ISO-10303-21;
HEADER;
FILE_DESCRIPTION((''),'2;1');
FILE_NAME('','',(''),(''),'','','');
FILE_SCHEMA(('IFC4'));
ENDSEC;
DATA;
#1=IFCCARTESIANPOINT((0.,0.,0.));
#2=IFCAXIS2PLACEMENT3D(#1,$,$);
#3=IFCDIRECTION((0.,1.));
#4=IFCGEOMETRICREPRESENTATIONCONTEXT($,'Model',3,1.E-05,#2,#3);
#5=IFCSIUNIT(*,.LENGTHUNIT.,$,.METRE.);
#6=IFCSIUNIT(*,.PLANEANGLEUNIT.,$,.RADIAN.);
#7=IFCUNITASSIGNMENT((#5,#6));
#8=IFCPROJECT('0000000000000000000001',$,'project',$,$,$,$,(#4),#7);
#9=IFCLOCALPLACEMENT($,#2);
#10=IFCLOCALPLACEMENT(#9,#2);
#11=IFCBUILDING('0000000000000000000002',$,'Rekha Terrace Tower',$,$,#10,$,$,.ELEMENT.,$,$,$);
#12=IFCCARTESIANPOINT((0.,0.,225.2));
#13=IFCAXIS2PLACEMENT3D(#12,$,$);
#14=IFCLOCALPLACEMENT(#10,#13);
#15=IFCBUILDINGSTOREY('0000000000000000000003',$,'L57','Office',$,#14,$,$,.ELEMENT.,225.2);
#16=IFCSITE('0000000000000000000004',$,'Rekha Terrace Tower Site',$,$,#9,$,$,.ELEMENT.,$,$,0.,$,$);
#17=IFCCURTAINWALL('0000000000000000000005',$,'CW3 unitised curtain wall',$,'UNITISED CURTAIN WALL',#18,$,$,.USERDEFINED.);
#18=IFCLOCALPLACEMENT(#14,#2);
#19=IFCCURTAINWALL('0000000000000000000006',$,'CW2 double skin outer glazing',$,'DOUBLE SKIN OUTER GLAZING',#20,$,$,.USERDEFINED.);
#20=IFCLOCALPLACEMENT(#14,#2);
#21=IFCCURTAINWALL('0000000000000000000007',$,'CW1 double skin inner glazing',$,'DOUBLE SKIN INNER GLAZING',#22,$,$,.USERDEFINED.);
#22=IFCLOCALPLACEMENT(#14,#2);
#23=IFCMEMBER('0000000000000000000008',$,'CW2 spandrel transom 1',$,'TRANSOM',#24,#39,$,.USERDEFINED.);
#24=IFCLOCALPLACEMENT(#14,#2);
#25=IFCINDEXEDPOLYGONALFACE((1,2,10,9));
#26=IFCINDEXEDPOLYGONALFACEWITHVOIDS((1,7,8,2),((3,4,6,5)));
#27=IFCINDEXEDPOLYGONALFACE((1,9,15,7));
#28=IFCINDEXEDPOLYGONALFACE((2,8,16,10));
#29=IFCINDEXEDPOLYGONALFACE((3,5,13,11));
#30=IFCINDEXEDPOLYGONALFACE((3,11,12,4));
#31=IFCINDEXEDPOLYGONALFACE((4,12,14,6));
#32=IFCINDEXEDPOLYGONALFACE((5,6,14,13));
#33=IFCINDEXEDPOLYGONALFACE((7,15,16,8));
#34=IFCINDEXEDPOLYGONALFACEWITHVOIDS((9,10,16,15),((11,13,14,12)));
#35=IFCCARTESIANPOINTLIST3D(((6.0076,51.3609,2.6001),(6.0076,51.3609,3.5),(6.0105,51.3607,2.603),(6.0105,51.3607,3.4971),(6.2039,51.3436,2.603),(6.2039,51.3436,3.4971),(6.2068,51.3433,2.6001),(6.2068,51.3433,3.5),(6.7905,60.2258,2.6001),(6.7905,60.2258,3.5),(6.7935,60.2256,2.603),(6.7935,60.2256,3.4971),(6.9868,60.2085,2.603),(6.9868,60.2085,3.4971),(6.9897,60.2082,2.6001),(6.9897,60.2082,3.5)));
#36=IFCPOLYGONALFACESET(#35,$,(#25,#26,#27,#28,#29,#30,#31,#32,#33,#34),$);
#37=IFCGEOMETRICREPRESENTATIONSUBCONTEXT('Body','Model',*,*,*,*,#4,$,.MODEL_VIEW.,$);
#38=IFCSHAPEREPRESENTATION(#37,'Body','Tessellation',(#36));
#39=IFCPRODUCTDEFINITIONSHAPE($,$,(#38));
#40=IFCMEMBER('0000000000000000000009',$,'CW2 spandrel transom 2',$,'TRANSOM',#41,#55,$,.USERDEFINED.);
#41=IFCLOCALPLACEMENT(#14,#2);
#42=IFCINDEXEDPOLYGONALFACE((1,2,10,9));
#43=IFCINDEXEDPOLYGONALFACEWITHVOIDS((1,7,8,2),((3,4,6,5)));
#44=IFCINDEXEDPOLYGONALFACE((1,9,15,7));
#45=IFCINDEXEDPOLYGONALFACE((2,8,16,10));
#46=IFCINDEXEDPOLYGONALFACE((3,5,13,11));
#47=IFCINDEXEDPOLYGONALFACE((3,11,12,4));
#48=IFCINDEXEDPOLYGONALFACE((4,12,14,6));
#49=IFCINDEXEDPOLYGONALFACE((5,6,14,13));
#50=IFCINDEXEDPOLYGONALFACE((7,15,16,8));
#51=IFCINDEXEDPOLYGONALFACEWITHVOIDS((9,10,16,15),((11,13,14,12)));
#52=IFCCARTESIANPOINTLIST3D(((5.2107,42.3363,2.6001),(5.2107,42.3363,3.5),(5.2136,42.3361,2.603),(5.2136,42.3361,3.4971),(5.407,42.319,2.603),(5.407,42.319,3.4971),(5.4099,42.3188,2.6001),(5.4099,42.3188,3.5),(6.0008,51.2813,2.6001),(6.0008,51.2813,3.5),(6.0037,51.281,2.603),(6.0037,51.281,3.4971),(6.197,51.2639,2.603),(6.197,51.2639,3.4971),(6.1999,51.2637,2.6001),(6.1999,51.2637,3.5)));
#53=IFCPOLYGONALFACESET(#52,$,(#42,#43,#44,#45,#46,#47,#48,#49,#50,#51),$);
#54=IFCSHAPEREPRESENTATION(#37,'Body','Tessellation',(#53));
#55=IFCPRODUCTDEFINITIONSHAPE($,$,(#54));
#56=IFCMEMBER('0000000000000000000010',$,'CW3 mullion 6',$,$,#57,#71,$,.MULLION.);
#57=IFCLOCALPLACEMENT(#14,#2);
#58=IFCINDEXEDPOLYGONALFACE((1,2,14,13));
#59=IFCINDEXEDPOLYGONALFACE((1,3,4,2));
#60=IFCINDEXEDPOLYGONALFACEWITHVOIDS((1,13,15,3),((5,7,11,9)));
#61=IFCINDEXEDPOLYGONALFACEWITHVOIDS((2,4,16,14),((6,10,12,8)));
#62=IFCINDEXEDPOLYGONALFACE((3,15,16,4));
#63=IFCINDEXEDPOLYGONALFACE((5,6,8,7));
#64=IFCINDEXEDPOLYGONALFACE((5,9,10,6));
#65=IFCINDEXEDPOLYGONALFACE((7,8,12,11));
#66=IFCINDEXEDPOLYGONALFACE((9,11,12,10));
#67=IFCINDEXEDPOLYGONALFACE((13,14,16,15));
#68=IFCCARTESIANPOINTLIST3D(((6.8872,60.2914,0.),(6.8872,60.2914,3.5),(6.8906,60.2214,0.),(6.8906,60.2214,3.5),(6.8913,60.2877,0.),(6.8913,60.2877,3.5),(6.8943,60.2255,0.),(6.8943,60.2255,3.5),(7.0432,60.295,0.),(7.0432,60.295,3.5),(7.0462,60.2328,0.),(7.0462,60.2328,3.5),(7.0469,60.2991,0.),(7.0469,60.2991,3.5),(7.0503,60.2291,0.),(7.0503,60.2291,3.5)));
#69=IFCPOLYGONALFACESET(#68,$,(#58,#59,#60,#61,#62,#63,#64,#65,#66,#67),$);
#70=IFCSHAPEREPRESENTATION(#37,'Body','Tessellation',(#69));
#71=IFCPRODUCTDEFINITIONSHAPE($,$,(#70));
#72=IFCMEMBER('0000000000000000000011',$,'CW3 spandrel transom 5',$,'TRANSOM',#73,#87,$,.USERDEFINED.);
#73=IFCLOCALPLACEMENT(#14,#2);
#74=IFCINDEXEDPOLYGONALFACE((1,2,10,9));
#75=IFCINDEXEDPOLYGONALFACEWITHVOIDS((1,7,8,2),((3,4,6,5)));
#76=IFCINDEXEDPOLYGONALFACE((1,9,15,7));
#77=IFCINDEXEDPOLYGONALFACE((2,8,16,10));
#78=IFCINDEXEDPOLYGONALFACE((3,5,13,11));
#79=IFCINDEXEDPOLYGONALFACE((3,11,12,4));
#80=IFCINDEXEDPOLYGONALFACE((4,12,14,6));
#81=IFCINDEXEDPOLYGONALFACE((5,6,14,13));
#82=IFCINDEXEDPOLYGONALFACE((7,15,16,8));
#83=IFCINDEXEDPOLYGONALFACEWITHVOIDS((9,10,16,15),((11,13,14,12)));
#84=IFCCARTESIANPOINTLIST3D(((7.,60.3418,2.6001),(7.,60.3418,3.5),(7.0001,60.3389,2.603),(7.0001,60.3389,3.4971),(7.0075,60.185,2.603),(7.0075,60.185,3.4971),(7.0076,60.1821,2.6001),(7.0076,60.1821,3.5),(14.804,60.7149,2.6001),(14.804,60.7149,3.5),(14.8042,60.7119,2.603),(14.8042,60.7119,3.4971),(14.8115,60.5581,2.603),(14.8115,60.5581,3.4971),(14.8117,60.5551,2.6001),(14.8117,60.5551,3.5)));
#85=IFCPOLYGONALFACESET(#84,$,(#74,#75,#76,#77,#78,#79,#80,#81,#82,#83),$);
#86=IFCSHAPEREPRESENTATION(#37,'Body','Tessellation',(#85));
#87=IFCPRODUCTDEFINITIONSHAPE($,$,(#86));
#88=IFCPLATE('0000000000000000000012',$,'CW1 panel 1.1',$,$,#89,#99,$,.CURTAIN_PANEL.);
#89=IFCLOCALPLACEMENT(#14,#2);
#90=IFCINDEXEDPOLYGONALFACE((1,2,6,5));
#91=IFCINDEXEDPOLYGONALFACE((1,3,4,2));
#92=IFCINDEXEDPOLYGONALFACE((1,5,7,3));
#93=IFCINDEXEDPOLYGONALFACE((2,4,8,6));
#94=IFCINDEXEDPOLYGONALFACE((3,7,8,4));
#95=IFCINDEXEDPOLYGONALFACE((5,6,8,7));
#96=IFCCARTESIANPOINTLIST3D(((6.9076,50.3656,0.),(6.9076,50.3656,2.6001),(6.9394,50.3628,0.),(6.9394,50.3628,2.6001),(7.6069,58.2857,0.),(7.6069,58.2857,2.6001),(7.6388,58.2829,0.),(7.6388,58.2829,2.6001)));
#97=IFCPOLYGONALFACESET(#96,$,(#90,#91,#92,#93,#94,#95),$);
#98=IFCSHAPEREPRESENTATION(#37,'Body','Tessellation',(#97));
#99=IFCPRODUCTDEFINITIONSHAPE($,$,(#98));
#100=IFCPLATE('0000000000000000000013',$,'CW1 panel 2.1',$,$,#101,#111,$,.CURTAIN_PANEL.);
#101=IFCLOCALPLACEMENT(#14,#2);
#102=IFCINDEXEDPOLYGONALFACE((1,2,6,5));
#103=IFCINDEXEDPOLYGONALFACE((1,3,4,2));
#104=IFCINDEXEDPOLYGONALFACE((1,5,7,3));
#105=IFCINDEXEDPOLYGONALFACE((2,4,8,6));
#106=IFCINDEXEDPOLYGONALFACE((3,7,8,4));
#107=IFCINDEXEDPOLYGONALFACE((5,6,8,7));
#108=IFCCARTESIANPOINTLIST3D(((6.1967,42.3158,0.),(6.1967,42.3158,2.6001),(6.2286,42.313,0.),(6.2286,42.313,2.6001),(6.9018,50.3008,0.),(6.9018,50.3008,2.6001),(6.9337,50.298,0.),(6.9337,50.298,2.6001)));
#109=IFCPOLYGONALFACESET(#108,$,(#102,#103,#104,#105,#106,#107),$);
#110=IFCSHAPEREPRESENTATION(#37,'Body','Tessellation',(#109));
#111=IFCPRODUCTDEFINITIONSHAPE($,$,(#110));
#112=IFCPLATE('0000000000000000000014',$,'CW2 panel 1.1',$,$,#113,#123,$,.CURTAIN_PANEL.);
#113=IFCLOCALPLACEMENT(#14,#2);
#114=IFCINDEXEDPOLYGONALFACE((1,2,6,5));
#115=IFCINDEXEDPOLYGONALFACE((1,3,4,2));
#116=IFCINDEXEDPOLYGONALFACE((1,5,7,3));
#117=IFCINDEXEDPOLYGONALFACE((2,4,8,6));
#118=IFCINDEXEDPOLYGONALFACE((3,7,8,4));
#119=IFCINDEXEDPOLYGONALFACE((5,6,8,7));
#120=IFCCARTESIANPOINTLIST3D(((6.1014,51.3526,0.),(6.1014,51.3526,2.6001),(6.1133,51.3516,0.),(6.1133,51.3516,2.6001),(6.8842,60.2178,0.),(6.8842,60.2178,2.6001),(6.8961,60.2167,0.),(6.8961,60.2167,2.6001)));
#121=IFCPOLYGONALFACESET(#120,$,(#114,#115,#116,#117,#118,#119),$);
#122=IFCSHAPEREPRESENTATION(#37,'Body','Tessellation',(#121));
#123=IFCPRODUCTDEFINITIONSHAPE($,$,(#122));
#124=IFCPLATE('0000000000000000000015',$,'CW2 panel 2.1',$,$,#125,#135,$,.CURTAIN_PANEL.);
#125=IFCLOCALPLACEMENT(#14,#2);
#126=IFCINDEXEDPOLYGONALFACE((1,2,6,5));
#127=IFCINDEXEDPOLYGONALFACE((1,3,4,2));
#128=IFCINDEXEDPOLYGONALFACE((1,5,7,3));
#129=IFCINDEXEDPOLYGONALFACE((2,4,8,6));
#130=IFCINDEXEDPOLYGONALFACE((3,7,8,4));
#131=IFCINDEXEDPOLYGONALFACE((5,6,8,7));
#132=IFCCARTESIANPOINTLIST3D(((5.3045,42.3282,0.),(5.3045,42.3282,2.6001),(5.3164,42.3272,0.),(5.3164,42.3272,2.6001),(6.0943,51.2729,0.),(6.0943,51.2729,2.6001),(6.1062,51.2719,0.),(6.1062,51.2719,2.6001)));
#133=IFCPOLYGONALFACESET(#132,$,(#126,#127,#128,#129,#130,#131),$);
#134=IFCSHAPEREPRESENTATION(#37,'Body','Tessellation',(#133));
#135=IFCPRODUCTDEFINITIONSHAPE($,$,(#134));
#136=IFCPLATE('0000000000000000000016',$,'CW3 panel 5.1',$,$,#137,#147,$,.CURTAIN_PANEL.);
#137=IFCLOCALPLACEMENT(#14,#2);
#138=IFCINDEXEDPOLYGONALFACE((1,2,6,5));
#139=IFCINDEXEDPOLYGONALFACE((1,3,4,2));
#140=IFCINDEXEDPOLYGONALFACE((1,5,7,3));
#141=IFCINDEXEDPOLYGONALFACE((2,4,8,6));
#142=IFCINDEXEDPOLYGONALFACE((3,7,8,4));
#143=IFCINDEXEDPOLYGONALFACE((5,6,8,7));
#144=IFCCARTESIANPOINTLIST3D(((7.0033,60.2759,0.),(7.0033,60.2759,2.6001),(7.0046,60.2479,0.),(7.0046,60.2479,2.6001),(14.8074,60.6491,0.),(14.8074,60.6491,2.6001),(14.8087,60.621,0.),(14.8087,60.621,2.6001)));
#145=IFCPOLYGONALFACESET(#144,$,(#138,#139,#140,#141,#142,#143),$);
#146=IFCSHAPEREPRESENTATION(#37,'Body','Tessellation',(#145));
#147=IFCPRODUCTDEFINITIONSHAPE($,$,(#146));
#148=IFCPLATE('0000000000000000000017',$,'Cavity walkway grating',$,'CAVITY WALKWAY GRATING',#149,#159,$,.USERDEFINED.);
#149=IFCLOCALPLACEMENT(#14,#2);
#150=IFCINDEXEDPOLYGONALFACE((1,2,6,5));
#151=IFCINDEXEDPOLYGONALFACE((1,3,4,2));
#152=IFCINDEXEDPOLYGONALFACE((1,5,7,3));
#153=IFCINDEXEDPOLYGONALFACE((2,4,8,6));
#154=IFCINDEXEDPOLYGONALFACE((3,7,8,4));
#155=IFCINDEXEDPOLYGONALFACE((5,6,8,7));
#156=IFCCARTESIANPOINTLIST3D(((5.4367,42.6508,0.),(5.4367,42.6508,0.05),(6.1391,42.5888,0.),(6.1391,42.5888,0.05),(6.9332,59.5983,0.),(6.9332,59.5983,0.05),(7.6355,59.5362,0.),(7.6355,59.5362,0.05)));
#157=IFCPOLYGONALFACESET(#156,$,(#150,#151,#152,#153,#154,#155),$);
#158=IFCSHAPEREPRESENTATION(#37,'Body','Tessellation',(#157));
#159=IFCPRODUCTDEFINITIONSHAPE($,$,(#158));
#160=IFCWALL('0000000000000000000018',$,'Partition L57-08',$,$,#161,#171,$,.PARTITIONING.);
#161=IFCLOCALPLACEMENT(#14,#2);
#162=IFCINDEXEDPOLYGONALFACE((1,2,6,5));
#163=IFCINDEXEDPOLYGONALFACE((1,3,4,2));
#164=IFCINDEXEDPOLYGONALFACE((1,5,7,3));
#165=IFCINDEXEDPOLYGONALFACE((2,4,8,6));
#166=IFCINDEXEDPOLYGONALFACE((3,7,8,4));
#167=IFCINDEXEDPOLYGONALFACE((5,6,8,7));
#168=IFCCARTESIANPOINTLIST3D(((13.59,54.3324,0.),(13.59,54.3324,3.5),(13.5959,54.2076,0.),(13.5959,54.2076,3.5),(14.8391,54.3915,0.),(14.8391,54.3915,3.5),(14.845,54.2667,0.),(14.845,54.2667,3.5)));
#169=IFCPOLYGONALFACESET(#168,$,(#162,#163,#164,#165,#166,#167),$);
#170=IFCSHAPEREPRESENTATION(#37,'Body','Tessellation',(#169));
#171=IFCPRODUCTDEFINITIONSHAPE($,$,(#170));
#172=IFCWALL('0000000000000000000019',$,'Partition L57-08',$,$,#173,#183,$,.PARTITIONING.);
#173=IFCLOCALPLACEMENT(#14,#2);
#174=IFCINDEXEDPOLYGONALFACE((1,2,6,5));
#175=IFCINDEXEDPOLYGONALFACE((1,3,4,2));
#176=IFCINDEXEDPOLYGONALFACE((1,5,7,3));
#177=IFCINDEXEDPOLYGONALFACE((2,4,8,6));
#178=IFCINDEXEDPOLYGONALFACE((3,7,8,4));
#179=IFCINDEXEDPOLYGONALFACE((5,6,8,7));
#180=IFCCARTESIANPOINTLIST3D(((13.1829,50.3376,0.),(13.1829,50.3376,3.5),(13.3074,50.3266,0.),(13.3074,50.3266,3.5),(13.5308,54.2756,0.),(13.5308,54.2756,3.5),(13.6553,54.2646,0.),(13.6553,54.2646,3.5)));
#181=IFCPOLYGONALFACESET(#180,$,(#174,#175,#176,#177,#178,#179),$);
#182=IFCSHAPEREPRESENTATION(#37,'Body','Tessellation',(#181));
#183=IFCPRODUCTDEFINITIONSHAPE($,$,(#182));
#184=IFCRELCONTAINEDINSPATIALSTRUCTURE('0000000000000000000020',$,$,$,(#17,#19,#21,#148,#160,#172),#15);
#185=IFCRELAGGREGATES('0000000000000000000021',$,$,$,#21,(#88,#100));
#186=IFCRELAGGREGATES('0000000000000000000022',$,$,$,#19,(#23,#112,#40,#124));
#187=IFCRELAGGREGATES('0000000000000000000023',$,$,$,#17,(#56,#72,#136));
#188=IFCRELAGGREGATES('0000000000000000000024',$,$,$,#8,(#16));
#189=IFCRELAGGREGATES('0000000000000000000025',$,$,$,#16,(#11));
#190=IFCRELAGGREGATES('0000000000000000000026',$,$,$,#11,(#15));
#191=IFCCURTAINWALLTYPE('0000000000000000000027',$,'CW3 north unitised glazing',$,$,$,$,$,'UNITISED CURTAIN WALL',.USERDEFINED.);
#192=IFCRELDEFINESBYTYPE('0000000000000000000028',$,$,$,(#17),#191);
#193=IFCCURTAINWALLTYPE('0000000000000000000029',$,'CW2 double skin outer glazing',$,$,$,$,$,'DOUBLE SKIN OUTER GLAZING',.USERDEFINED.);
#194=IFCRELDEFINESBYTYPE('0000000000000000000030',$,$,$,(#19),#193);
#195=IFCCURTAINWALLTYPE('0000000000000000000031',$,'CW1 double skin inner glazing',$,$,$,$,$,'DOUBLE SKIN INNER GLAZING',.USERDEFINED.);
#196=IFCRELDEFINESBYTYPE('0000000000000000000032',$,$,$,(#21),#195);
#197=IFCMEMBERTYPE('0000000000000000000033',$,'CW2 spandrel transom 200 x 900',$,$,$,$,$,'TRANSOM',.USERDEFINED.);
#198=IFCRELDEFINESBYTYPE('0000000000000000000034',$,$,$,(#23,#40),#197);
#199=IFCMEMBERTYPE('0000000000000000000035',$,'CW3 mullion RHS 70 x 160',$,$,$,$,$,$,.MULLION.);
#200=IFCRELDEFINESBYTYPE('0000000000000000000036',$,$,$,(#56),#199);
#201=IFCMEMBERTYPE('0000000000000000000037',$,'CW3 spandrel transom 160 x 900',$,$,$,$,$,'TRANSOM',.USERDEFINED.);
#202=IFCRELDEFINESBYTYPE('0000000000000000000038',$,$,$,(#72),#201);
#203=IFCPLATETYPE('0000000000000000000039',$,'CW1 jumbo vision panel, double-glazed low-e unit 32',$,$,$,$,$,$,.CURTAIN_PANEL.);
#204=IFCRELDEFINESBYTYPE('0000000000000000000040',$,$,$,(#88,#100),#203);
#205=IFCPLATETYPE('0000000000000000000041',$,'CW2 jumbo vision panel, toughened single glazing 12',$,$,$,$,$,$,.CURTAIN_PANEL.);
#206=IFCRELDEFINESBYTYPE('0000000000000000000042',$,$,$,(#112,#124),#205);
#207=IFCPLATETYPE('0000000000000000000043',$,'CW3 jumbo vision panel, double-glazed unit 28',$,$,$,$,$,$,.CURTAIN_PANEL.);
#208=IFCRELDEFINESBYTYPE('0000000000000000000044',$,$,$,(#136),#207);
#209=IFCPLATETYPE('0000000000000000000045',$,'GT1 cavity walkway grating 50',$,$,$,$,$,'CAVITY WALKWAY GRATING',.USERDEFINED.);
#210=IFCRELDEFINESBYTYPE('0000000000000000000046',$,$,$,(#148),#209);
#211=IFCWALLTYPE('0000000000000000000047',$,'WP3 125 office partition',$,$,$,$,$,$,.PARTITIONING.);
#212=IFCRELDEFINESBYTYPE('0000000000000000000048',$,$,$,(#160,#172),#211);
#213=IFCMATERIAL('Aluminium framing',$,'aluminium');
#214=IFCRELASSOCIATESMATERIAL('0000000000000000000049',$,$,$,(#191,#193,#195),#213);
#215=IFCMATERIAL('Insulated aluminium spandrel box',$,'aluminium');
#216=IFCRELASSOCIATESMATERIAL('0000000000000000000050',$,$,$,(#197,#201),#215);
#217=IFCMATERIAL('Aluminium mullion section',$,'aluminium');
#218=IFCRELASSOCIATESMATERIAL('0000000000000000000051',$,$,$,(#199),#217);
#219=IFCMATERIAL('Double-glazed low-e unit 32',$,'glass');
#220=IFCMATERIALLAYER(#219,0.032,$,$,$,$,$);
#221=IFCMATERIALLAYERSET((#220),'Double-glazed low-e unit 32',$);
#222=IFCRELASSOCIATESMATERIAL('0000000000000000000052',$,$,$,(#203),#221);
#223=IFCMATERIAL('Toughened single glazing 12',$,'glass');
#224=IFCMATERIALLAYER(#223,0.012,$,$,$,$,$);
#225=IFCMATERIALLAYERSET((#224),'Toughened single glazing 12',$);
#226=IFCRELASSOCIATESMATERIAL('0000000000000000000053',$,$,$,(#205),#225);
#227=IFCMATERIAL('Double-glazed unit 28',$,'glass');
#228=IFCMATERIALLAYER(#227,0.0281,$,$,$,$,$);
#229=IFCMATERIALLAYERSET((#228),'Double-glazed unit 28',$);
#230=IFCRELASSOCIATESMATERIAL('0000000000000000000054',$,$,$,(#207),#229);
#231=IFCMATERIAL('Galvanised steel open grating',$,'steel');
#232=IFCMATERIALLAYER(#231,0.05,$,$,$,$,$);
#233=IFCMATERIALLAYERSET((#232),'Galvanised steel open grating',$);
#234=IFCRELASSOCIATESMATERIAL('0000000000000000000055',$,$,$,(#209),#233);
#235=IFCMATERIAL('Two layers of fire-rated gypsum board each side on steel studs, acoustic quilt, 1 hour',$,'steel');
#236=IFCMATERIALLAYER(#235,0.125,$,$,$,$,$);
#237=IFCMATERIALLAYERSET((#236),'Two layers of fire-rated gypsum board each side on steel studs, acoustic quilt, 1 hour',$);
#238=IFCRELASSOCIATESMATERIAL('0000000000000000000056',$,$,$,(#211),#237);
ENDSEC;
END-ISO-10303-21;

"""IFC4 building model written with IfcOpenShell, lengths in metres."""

from ifc_helpers import new_model, si_unit, direction, frame, frame_2d, origin, origin_2d, place, context, subcontext, project, spatial, rectangle, hollow_rectangle, extrude, material, layer, layer_set, material_profile, profile_set, type_object, element, aggregate, save


model = new_model("IFC4")

# Units and contexts
model_context = context("Model", 3, precision=1e-05, world=origin(), true_north=direction((0.0, 1.0)))
body_context = subcontext(model_context, "Body", "Model", "MODEL_VIEW")
ifc_project = project(units=[si_unit("LENGTHUNIT", "METRE"), si_unit("PLANEANGLEUNIT", "RADIAN")], contexts=[model_context])

# Site, building, storey
site_placement = place(None, origin())
site = spatial("IfcSite", under=ifc_project, at=site_placement, Name="Rekha Terrace Tower Site", CompositionType="ELEMENT", RefElevation=0.0)
building_placement = place(site_placement, origin())
building = spatial("IfcBuilding", under=site, at=building_placement, Name="Rekha Terrace Tower", CompositionType="ELEMENT")
storey_placement = place(building_placement, frame((0.0, 0.0, 225.2)))
storey = spatial("IfcBuildingStorey", under=building, at=storey_placement, Name="L57", Description="Office", CompositionType="ELEMENT", Elevation=225.2)

# Curtain walls
ifc_material_1 = material(Name="Aluminium framing", Category="aluminium")
curtain_wall_type_1 = type_object("IfcCurtainWallType", Name="CW3 north unitised glazing", ElementType="UNITISED CURTAIN WALL", PredefinedType="USERDEFINED", material=ifc_material_1)
curtain_wall_1_placement = place(storey_placement, origin())
curtain_wall_1 = element("IfcCurtainWall", 1, at=curtain_wall_1_placement, inside=storey, type_object=curtain_wall_type_1, Name="CW3 unitised curtain wall", ObjectType="UNITISED CURTAIN WALL", PredefinedType="USERDEFINED")
curtain_wall_type_2 = type_object("IfcCurtainWallType", Name="CW2 double skin outer glazing", ElementType="DOUBLE SKIN OUTER GLAZING", PredefinedType="USERDEFINED", material=ifc_material_1)
curtain_wall_2_placement = place(storey_placement, origin())
curtain_wall_2 = element("IfcCurtainWall", 2, at=curtain_wall_2_placement, inside=storey, type_object=curtain_wall_type_2, Name="CW2 double skin outer glazing", ObjectType="DOUBLE SKIN OUTER GLAZING", PredefinedType="USERDEFINED")

# Curtain wall
curtain_wall_type_3 = type_object("IfcCurtainWallType", Name="CW1 double skin inner glazing", ElementType="DOUBLE SKIN INNER GLAZING", PredefinedType="USERDEFINED", material=ifc_material_1)
curtain_wall_3_placement = place(storey_placement, origin())
curtain_wall_3 = element("IfcCurtainWall", 3, at=curtain_wall_3_placement, inside=storey, type_object=curtain_wall_type_3, Name="CW1 double skin inner glazing", ObjectType="DOUBLE SKIN INNER GLAZING", PredefinedType="USERDEFINED")
ifc_material_2 = material(Name="Aluminium mullion section", Category="aluminium")
ifc_material_3 = material(Name="Insulated aluminium spandrel box", Category="aluminium")

# Members
ifc_material_profile_1 = material_profile(ifc_material_3, hollow_rectangle(XDim=0.2, YDim=0.8999, WallThickness=0.0029, at=origin_2d()), Name="AL SPANDREL BOX 200x900")
ifc_profile_set_1 = profile_set([ifc_material_profile_1], Name="Insulated aluminium spandrel box")
member_type_1 = type_object("IfcMemberType", Name="CW2 spandrel transom 200 x 900", ElementType="TRANSOM", PredefinedType="USERDEFINED", material=ifc_profile_set_1)
member_1_placement = place(storey_placement, frame((6.8901, 60.217, 3.05), z_axis=(-0.087978, -0.996122, 0.0), x_axis=(0.996122, -0.087978, 0.0)))
member_1 = element("IfcMember", 4, at=member_1_placement, type_object=member_type_1, Name="CW2 spandrel transom 1", ObjectType="TRANSOM", PredefinedType="USERDEFINED", context=body_context, shape_type="SweptSolid", body=[
    extrude(hollow_rectangle(XDim=0.2, YDim=0.8999, WallThickness=0.0029, at=origin_2d()), origin(), (0.0, 0.0, 1.0), 8.8994),
])
member_2_placement = place(storey_placement, frame((6.1003, 51.2725, 3.05), z_axis=(-0.087981, -0.996122, 0.0), x_axis=(0.996122, -0.087981, 0.0)))
member_2 = element("IfcMember", 5, at=member_2_placement, type_object=member_type_1, Name="CW2 spandrel transom 2", ObjectType="TRANSOM", PredefinedType="USERDEFINED", context=body_context, shape_type="SweptSolid", body=[
    extrude(hollow_rectangle(XDim=0.2, YDim=0.8999, WallThickness=0.0029, at=origin_2d()), origin(), (0.0, 0.0, 1.0), 8.9797),
])
ifc_material_profile_2 = material_profile(ifc_material_2, hollow_rectangle(XDim=0.0701, YDim=0.1599, WallThickness=0.0039, at=origin_2d()), Name="AL RHS 70x160")
ifc_profile_set_2 = profile_set([ifc_material_profile_2], Name="Aluminium mullion section")
member_type_2 = type_object("IfcMemberType", Name="CW3 mullion RHS 70 x 160", PredefinedType="MULLION", material=ifc_profile_set_2)
member_3_placement = place(storey_placement, frame((6.9688, 60.2603, 0.0), z_axis=(0.0, 0.0, 1.0), x_axis=(0.047759, -0.998859, 0.0)))
member_3 = element("IfcMember", 6, at=member_3_placement, type_object=member_type_2, Name="CW3 mullion 6", PredefinedType="MULLION", context=body_context, shape_type="SweptSolid", body=[
    extrude(hollow_rectangle(XDim=0.0701, YDim=0.1599, WallThickness=0.0039, at=origin_2d()), origin(), (0.0, 0.0, 1.0), 3.5),
])
ifc_material_profile_3 = material_profile(ifc_material_3, hollow_rectangle(XDim=0.1599, YDim=0.8999, WallThickness=0.0029, at=origin_2d()), Name="AL SPANDREL BOX 160x900")
ifc_profile_set_3 = profile_set([ifc_material_profile_3], Name="Insulated aluminium spandrel box")
member_type_3 = type_object("IfcMemberType", Name="CW3 spandrel transom 160 x 900", ElementType="TRANSOM", PredefinedType="USERDEFINED", material=ifc_profile_set_3)
member_4_placement = place(storey_placement, frame((14.8079, 60.635, 3.05), z_axis=(-0.998859, -0.047748, 0.0), x_axis=(0.047748, -0.998859, 0.0)))
member_4 = element("IfcMember", 7, at=member_4_placement, type_object=member_type_3, Name="CW3 spandrel transom 5", ObjectType="TRANSOM", PredefinedType="USERDEFINED", context=body_context, shape_type="SweptSolid", body=[
    extrude(hollow_rectangle(XDim=0.1599, YDim=0.8999, WallThickness=0.0029, at=origin_2d()), origin(), (0.0, 0.0, 1.0), 7.813),
])

# Plates
ifc_material_4 = material(Name="Double-glazed low-e unit 32", Category="glass")
ifc_layer_1 = layer(ifc_material_4, 0.032)
ifc_layer_set_1 = layer_set([ifc_layer_1], Name="Double-glazed low-e unit 32")
plate_type_1 = type_object("IfcPlateType", Name="CW1 jumbo vision panel, double-glazed low-e unit 32", PredefinedType="CURTAIN_PANEL", material=ifc_layer_set_1)
plate_1_placement = place(storey_placement, frame((7.2732, 54.3242, 0.0), z_axis=(0.0, 0.0, 1.0), x_axis=(-0.087958, -0.996124, 0.0)))
plate_1 = element("IfcPlate", 8, at=plate_1_placement, type_object=plate_type_1, Name="CW1 panel 1.1", PredefinedType="CURTAIN_PANEL", context=body_context, shape_type="SweptSolid", body=[
    extrude(rectangle(XDim=7.9509, YDim=0.032, at=origin_2d()), origin(), (0.0, 0.0, 1.0), 2.6001),
])
plate_2_placement = place(storey_placement, frame((6.5652, 46.3069, 0.0), z_axis=(0.0, 0.0, 1.0), x_axis=(-0.087958, -0.996124, 0.0)))
plate_2 = element("IfcPlate", 9, at=plate_2_placement, type_object=plate_type_1, Name="CW1 panel 2.1", PredefinedType="CURTAIN_PANEL", context=body_context, shape_type="SweptSolid", body=[
    extrude(rectangle(XDim=8.0161, YDim=0.032, at=origin_2d()), origin(), (0.0, 0.0, 1.0), 2.6001),
])
aggregate(curtain_wall_3, [plate_1, plate_2])
ifc_material_5 = material(Name="Toughened single glazing 12", Category="glass")
ifc_layer_2 = layer(ifc_material_5, 0.012)
ifc_layer_set_2 = layer_set([ifc_layer_2], Name="Toughened single glazing 12")
plate_type_2 = type_object("IfcPlateType", Name="CW2 jumbo vision panel, toughened single glazing 12", PredefinedType="CURTAIN_PANEL", material=ifc_layer_set_2)
plate_3_placement = place(storey_placement, frame((6.4988, 55.7847, 0.0), z_axis=(0.0, 0.0, 1.0), x_axis=(-0.087958, -0.996124, 0.0)))
plate_3 = element("IfcPlate", 10, at=plate_3_placement, type_object=plate_type_2, Name="CW2 panel 1.1", PredefinedType="CURTAIN_PANEL", context=body_context, shape_type="SweptSolid", body=[
    extrude(rectangle(XDim=8.8997, YDim=0.012, at=origin_2d()), origin(), (0.0, 0.0, 1.0), 2.6001),
])
plate_4_placement = place(storey_placement, frame((5.7053, 46.8, 0.0), z_axis=(0.0, 0.0, 1.0), x_axis=(-0.087958, -0.996124, 0.0)))
plate_4 = element("IfcPlate", 11, at=plate_4_placement, type_object=plate_type_2, Name="CW2 panel 2.1", PredefinedType="CURTAIN_PANEL", context=body_context, shape_type="SweptSolid", body=[
    extrude(rectangle(XDim=8.9795, YDim=0.012, at=origin_2d()), origin(), (0.0, 0.0, 1.0), 2.6001),
])
aggregate(curtain_wall_2, [member_1, plate_3, member_2, plate_4])
ifc_material_6 = material(Name="Double-glazed unit 28", Category="glass")
ifc_layer_3 = layer(ifc_material_6, 0.0281)
ifc_layer_set_3 = layer_set([ifc_layer_3], Name="Double-glazed unit 28")
plate_type_3 = type_object("IfcPlateType", Name="CW3 jumbo vision panel, double-glazed unit 28", PredefinedType="CURTAIN_PANEL", material=ifc_layer_set_3)
plate_5_placement = place(storey_placement, frame((10.906, 60.4485, 0.0), z_axis=(0.0, 0.0, 1.0), x_axis=(-0.998859, -0.047759, 0.0)))
plate_5 = element("IfcPlate", 12, at=plate_5_placement, type_object=plate_type_3, Name="CW3 panel 5.1", PredefinedType="CURTAIN_PANEL", context=body_context, shape_type="SweptSolid", body=[
    extrude(rectangle(XDim=7.813, YDim=0.0281, at=origin_2d()), origin(), (0.0, 0.0, 1.0), 2.6001),
])
aggregate(curtain_wall_1, [member_3, member_4, plate_5])
ifc_material_7 = material(Name="Galvanised steel open grating", Category="steel")
ifc_layer_4 = layer(ifc_material_7, 0.05)
ifc_layer_set_4 = layer_set([ifc_layer_4], Name="Galvanised steel open grating")
plate_type_4 = type_object("IfcPlateType", Name="GT1 cavity walkway grating 50", ElementType="CAVITY WALKWAY GRATING", PredefinedType="USERDEFINED", material=ifc_layer_set_4)
plate_6_placement = place(storey_placement, frame((6.5361, 51.0935, 0.0), z_axis=(0.0, 0.0, 1.0), x_axis=(-0.087958, -0.996124, 0.0)))
element("IfcPlate", 13, at=plate_6_placement, inside=storey, type_object=plate_type_4, Name="Cavity walkway grating", ObjectType="CAVITY WALKWAY GRATING", PredefinedType="USERDEFINED", context=body_context, shape_type="SweptSolid", body=[
    extrude(rectangle(XDim=17.0134, YDim=0.7051, at=origin_2d()), origin(), (0.0, 0.0, 1.0), 0.05),
])

# Walls
ifc_material_8 = material(Name="Two layers of fire-rated gypsum board each side on steel studs, acoustic quilt, 1 hour", Category="steel")
ifc_layer_5 = layer(ifc_material_8, 0.125)
ifc_layer_set_5 = layer_set([ifc_layer_5], Name="Two layers of fire-rated gypsum board each side on steel studs, acoustic quilt, 1 hour")
wall_type = type_object("IfcWallType", Name="WP3 125 office partition", PredefinedType="PARTITIONING", material=ifc_layer_set_5)
wall_1_placement = place(storey_placement, frame((14.842, 54.3291, 0.0), z_axis=(0.0, 0.0, 1.0), x_axis=(-0.998883, -0.04725, 0.0)))
element("IfcWall", 14, at=wall_1_placement, inside=storey, type_object=wall_type, Name="Partition L57-08", PredefinedType="PARTITIONING", context=body_context, shape_type="SweptSolid", body=[
    extrude(rectangle(XDim=1.2505, YDim=0.125, at=frame_2d((0.6252, 0.0))), origin(), (0.0, 0.0, 1.0), 3.5),
])
wall_2_placement = place(storey_placement, frame((13.593, 54.27, 0.0), z_axis=(0.0, 0.0, 1.0), x_axis=(-0.088002, -0.99612, 0.0)))
element("IfcWall", 15, at=wall_2_placement, inside=storey, type_object=wall_type, Name="Partition L57-08", PredefinedType="PARTITIONING", context=body_context, shape_type="SweptSolid", body=[
    extrude(rectangle(XDim=3.9534, YDim=0.125, at=frame_2d((1.9766, 0.0))), origin(), (0.0, 0.0, 1.0), 3.5),
])

save(model, "model.ifc")
